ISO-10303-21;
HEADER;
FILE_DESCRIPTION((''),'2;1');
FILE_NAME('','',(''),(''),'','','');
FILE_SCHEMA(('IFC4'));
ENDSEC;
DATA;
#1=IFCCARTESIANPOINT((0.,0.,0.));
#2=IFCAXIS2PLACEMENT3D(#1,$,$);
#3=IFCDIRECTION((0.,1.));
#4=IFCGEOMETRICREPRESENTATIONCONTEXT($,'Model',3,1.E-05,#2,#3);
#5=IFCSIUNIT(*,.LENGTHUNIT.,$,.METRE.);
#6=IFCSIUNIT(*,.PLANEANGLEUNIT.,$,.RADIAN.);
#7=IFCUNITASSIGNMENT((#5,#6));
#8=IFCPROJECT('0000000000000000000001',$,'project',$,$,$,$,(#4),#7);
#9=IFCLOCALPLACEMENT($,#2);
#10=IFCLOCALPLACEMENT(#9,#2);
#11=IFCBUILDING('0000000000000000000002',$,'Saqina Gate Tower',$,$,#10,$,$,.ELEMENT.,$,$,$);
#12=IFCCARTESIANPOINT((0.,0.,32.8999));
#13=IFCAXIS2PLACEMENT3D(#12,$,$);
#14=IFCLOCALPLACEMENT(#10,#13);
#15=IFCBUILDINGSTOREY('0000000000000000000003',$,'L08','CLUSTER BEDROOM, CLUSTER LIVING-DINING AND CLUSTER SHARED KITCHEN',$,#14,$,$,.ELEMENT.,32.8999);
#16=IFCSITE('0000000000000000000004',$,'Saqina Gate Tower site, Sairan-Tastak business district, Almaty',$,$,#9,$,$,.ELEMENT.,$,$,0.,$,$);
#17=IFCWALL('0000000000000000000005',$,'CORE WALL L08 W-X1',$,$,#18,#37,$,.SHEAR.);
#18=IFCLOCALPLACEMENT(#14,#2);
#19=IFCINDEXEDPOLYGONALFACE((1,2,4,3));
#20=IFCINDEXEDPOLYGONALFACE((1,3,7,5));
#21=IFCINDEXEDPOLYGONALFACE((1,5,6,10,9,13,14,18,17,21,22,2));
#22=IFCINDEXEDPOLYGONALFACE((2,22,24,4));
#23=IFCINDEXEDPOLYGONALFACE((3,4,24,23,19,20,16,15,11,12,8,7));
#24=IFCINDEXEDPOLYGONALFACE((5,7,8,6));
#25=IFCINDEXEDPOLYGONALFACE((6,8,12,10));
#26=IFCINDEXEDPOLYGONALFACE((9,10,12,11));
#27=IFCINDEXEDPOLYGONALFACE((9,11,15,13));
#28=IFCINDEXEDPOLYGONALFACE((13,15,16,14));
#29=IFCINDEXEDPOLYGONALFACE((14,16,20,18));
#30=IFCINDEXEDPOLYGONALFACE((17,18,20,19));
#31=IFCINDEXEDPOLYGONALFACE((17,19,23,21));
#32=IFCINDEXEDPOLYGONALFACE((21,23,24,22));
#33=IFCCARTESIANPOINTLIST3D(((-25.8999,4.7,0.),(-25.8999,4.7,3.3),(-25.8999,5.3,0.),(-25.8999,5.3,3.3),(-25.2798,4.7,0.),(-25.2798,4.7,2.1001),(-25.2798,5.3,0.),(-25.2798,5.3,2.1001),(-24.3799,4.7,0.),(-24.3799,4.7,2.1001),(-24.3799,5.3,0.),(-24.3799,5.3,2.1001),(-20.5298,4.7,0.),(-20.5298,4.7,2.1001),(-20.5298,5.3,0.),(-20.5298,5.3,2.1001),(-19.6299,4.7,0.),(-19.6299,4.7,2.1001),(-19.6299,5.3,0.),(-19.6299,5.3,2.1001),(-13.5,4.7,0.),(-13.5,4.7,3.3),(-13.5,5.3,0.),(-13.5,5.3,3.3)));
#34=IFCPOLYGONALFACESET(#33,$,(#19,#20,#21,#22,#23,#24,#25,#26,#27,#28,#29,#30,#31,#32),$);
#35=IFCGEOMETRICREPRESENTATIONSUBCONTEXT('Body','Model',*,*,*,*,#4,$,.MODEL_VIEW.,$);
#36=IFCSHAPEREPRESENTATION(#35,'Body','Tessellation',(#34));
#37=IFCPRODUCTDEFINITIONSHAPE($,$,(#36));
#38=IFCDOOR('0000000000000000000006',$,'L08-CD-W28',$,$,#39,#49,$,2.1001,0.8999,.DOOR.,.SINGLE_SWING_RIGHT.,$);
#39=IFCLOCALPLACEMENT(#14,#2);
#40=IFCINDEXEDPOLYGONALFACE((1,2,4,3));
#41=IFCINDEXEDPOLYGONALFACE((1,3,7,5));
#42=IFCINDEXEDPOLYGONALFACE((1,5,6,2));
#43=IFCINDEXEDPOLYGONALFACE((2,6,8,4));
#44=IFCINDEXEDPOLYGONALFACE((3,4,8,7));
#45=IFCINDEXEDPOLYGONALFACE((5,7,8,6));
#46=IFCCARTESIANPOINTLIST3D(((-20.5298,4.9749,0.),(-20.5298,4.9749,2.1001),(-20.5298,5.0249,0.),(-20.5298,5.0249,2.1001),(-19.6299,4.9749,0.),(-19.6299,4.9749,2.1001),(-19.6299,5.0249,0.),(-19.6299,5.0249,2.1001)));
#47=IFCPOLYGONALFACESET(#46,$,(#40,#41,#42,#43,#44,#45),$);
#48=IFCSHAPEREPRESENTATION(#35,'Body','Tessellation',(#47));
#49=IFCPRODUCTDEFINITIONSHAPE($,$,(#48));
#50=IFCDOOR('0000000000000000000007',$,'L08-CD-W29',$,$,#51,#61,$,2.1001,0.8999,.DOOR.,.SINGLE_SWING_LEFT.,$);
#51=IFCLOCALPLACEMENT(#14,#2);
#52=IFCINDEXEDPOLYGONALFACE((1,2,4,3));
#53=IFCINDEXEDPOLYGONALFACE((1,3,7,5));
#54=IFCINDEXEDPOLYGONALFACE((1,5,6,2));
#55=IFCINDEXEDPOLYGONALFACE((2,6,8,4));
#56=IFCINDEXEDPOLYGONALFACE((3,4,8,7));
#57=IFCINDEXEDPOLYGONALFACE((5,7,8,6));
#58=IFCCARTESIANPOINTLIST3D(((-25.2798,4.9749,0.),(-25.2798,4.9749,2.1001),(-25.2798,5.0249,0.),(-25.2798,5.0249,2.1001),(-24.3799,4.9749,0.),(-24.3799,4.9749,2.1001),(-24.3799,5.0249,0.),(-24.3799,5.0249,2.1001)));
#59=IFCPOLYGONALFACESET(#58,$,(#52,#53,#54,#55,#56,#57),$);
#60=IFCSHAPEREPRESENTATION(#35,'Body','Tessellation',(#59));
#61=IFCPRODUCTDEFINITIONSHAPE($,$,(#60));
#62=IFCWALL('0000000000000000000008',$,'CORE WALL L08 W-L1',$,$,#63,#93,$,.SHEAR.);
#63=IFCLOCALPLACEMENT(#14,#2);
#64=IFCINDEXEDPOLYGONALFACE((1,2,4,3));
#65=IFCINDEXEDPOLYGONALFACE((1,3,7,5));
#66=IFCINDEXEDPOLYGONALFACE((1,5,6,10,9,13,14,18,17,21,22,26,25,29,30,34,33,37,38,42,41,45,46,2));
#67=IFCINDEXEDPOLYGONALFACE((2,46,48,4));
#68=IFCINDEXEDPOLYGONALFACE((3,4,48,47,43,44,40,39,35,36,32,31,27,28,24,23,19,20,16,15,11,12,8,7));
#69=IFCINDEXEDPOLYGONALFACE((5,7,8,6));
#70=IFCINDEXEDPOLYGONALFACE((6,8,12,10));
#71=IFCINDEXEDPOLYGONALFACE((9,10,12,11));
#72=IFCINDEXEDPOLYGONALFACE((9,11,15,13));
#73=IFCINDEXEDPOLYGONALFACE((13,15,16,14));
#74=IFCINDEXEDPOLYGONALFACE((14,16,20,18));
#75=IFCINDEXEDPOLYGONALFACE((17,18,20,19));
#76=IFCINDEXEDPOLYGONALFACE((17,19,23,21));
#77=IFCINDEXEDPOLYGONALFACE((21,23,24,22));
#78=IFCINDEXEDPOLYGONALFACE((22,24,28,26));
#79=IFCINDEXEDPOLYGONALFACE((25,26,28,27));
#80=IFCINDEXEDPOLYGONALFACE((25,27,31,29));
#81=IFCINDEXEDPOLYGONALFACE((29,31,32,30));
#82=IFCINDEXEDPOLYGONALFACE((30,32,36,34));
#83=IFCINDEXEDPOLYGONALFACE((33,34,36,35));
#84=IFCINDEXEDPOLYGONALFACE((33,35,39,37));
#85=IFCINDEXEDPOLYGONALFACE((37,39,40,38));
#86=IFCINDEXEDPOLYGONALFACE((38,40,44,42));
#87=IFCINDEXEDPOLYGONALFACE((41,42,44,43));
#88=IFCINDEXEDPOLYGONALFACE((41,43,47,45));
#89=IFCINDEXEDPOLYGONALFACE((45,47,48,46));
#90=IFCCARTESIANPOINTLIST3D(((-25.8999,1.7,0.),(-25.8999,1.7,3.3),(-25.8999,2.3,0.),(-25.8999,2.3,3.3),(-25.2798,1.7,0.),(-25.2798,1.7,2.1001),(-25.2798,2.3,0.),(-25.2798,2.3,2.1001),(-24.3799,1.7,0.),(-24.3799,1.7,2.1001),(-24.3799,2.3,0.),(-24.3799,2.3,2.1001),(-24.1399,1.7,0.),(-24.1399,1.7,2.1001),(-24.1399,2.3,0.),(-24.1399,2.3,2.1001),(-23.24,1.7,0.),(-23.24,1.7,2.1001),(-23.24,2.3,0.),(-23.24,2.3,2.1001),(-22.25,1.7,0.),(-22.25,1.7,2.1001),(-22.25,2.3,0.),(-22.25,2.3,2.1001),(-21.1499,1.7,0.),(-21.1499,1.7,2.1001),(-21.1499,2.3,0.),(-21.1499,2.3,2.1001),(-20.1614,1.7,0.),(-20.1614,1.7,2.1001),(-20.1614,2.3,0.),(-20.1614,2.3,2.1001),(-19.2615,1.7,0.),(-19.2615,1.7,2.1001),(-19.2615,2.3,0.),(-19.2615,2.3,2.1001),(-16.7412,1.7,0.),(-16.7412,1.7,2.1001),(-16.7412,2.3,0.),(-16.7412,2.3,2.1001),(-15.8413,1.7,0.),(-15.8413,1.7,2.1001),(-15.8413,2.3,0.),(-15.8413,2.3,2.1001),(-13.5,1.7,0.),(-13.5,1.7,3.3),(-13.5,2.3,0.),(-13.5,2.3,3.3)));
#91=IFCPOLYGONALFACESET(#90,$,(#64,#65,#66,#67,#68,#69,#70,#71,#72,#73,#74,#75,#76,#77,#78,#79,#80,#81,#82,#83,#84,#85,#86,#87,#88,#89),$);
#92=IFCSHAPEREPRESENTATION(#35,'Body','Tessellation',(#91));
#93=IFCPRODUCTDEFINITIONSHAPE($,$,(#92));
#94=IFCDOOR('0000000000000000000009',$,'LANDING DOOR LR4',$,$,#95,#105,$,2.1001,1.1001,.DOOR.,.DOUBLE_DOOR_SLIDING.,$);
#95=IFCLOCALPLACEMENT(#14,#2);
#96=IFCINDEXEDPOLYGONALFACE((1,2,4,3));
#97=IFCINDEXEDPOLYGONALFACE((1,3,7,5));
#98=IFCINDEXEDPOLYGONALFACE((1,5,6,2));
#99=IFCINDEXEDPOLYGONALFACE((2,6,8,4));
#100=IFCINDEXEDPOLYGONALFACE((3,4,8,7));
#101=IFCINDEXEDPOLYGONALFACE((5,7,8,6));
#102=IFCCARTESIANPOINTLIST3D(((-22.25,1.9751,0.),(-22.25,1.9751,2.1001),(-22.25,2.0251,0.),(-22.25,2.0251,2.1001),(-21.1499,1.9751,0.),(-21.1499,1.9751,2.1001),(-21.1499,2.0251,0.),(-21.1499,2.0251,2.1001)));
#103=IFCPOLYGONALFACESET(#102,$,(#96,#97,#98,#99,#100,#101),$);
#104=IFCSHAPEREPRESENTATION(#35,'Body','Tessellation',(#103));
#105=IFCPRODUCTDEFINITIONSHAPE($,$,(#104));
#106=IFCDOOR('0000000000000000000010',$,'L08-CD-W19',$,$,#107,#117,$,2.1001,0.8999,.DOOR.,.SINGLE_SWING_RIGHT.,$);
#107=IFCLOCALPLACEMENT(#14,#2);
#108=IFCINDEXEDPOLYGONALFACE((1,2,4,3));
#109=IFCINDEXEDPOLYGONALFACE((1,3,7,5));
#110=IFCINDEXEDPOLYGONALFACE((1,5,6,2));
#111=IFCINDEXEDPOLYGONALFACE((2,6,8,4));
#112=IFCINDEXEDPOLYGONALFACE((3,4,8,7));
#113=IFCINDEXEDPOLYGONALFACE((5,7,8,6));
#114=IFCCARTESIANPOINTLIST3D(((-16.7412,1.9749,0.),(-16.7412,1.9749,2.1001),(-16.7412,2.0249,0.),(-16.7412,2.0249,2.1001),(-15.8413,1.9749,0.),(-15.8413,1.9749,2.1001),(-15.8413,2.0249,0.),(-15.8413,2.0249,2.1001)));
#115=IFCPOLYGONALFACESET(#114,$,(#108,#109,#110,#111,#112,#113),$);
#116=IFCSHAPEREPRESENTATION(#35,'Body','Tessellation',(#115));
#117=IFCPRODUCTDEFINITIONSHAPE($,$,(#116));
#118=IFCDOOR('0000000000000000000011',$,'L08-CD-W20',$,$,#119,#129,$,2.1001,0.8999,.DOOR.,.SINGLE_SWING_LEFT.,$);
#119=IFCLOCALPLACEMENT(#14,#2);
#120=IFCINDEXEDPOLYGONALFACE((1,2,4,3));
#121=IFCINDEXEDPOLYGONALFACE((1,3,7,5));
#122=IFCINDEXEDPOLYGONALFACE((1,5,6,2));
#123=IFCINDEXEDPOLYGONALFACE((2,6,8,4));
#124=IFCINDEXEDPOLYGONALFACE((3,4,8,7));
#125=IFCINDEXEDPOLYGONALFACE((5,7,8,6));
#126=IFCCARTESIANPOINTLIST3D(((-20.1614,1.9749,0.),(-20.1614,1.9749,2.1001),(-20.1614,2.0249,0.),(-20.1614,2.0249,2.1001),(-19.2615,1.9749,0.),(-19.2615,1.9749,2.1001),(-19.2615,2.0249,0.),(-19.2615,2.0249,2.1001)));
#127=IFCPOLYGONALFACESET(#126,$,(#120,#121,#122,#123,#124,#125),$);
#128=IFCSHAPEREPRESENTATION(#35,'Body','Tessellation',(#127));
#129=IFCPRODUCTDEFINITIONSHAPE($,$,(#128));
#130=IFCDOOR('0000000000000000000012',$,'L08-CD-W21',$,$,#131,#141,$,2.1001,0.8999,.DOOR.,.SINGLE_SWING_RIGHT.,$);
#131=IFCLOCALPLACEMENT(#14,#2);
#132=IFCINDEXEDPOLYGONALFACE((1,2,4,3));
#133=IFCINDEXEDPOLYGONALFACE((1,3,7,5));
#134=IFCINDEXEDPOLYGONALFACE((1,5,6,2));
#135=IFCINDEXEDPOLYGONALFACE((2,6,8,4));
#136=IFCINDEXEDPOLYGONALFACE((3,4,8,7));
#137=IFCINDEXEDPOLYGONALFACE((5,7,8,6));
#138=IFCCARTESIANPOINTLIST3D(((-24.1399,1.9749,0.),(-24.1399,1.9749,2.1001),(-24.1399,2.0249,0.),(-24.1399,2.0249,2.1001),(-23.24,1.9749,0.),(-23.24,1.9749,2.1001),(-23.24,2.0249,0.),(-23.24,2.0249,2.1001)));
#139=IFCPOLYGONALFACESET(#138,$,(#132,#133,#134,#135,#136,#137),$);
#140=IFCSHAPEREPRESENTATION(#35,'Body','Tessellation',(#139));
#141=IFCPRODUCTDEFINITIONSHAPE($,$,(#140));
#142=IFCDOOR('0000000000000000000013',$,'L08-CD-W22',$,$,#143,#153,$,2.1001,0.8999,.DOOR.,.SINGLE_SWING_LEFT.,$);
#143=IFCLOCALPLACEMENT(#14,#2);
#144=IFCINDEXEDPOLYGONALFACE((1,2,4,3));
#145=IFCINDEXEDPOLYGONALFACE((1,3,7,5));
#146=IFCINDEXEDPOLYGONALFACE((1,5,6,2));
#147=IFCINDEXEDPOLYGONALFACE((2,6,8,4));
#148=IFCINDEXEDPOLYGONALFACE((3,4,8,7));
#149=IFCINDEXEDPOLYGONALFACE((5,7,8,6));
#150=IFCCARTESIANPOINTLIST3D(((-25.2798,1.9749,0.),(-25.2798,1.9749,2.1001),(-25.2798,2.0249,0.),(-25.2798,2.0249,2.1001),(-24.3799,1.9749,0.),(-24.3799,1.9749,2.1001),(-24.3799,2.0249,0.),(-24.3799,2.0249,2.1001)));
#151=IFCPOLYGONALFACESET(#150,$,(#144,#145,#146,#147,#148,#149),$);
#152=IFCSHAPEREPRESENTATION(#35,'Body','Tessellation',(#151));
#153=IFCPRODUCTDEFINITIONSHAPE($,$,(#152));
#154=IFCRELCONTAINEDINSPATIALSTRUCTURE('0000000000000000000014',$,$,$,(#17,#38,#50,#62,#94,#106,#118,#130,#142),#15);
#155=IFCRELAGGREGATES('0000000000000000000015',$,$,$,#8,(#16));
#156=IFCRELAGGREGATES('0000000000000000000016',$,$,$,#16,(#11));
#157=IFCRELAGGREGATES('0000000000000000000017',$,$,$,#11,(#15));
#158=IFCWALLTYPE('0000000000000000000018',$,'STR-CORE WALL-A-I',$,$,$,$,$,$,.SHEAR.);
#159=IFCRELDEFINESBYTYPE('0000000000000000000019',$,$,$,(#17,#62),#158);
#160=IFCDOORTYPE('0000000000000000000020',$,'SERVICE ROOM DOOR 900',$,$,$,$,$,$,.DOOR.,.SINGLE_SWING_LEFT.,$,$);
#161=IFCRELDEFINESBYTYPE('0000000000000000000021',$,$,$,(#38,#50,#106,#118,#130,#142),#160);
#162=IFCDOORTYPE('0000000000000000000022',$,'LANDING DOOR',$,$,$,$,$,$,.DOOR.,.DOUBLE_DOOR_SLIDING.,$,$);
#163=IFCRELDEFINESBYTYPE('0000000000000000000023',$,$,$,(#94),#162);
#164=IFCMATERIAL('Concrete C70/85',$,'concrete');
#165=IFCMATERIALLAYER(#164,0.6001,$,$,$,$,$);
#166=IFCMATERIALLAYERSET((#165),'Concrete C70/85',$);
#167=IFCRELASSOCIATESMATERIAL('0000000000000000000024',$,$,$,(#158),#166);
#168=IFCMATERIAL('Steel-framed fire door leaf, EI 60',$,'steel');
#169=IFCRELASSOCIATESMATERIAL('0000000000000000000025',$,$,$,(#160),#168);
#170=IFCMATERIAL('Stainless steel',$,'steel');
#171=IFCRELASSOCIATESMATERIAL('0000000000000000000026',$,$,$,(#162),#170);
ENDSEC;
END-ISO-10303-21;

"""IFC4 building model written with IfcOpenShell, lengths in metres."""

from ifc_helpers import new_model, si_unit, direction, frame, frame_2d, origin, place, context, subcontext, project, spatial, rectangle, extrude, material, layer, layer_set, type_object, element, fill, save


model = new_model("IFC4")

# Units and contexts
model_context = context("Model", 3, precision=1e-05, world=origin(), true_north=direction((0.0, 1.0)))
body_context = subcontext(model_context, "Body", "Model", "MODEL_VIEW")
ifc_project = project(units=[si_unit("LENGTHUNIT", "METRE"), si_unit("PLANEANGLEUNIT", "RADIAN")], contexts=[model_context])

# Site, building, storey
site_placement = place(None, origin())
site = spatial("IfcSite", under=ifc_project, at=site_placement, Name="Saqina Gate Tower site, Sairan-Tastak business district, Almaty", CompositionType="ELEMENT", RefElevation=0.0)
building_placement = place(site_placement, origin())
building = spatial("IfcBuilding", under=site, at=building_placement, Name="Saqina Gate Tower", CompositionType="ELEMENT")
storey_placement = place(building_placement, frame((0.0, 0.0, 32.8999)))
storey = spatial("IfcBuildingStorey", under=building, at=storey_placement, Name="L08", Description="CLUSTER BEDROOM, CLUSTER LIVING-DINING AND CLUSTER SHARED KITCHEN", CompositionType="ELEMENT", Elevation=32.8999)

# Walls, openings, doors
ifc_material_1 = material(Name="Concrete C70/85", Category="concrete")
ifc_layer_1 = layer(ifc_material_1, 0.6001)
ifc_layer_set_1 = layer_set([ifc_layer_1], Name="Concrete C70/85")
wall_type_1 = type_object("IfcWallType", Name="STR-CORE WALL-A-I", PredefinedType="SHEAR", material=ifc_layer_set_1)
wall_1_placement = place(storey_placement, frame((-13.5, 5.0, 0.0), z_axis=(0.0, 0.0, 1.0), x_axis=(-1.0, 0.0, 0.0)))
wall_1 = element("IfcWall", 1, at=wall_1_placement, inside=storey, type_object=wall_type_1, Name="CORE WALL L08 W-X1", PredefinedType="SHEAR", context=body_context, shape_type="SweptSolid", body=[
    extrude(rectangle(XDim=12.3999, YDim=0.6001, at=frame_2d((6.2, 0.0))), origin(), (0.0, 0.0, 1.0), 3.3),
])
opening_1_placement = place(wall_1_placement, frame((6.1299, 0.0, 0.0)))
opening_1 = element("IfcOpeningElement", 2, at=opening_1_placement, cuts=wall_1, PredefinedType="OPENING", context=body_context, shape_type="SweptSolid", body=[
    extrude(rectangle(XDim=0.8999, YDim=2.1001, at=frame_2d((0.45, 1.05))), frame((0.0, 0.312, 0.0), z_axis=(0.0, -1.0, 0.0), x_axis=(1.0, 0.0, 0.0)), (0.0, 0.0, 1.0), 0.624),
])
opening_2_placement = place(wall_1_placement, frame((10.8799, 0.0, 0.0)))
opening_2 = element("IfcOpeningElement", 3, at=opening_2_placement, cuts=wall_1, PredefinedType="OPENING", context=body_context, shape_type="SweptSolid", body=[
    extrude(rectangle(XDim=0.8999, YDim=2.1001, at=frame_2d((0.45, 1.05))), frame((0.0, 0.312, 0.0), z_axis=(0.0, -1.0, 0.0), x_axis=(1.0, 0.0, 0.0)), (0.0, 0.0, 1.0), 0.624),
])
ifc_material_2 = material(Name="Steel-framed fire door leaf, EI 60", Category="steel")
door_type_1 = type_object("IfcDoorType", Name="SERVICE ROOM DOOR 900", OperationType="SINGLE_SWING_LEFT", PredefinedType="DOOR", material=ifc_material_2)
door_1_placement = place(opening_1_placement, frame((0.8999, 0.0, 0.0), z_axis=(0.0, 0.0, 1.0), x_axis=(-1.0, 0.0, 0.0)))
door_1 = element("IfcDoor", 4, at=door_1_placement, inside=storey, type_object=door_type_1, Name="L08-CD-W28", OperationType="SINGLE_SWING_RIGHT", OverallHeight=2.1001, OverallWidth=0.8999, PredefinedType="DOOR", context=body_context, shape_type="SweptSolid", body=[
    extrude(rectangle(XDim=0.8999, YDim=2.1001, at=frame_2d((0.45, 1.05))), frame((0.0, 0.0249, 0.0), z_axis=(0.0, -1.0, 0.0), x_axis=(1.0, 0.0, 0.0)), (0.0, 0.0, 1.0), 0.05),
])
fill(opening_1, door_1)
door_2_placement = place(opening_2_placement, frame((0.8999, 0.0, 0.0), z_axis=(0.0, 0.0, 1.0), x_axis=(-1.0, 0.0, 0.0)))
door_2 = element("IfcDoor", 5, at=door_2_placement, inside=storey, type_object=door_type_1, Name="L08-CD-W29", OperationType="SINGLE_SWING_LEFT", OverallHeight=2.1001, OverallWidth=0.8999, PredefinedType="DOOR", context=body_context, shape_type="SweptSolid", body=[
    extrude(rectangle(XDim=0.8999, YDim=2.1001, at=frame_2d((0.45, 1.05))), frame((0.0, 0.0249, 0.0), z_axis=(0.0, -1.0, 0.0), x_axis=(1.0, 0.0, 0.0)), (0.0, 0.0, 1.0), 0.05),
])
fill(opening_2, door_2)
wall_2_placement = place(storey_placement, frame((-13.5, 2.0, 0.0), z_axis=(0.0, 0.0, 1.0), x_axis=(-1.0, 0.0, 0.0)))
wall_2 = element("IfcWall", 6, at=wall_2_placement, inside=storey, type_object=wall_type_1, Name="CORE WALL L08 W-L1", PredefinedType="SHEAR", context=body_context, shape_type="SweptSolid", body=[
    extrude(rectangle(XDim=12.3999, YDim=0.6001, at=frame_2d((6.2, 0.0))), origin(), (0.0, 0.0, 1.0), 3.3),
])
opening_3_placement = place(wall_2_placement, frame((7.6499, 0.0, 0.0)))
opening_3 = element("IfcOpeningElement", 7, at=opening_3_placement, cuts=wall_2, PredefinedType="OPENING", context=body_context, shape_type="SweptSolid", body=[
    extrude(rectangle(XDim=1.1001, YDim=2.1001, at=frame_2d((0.55, 1.05))), frame((0.0, 0.312, 0.0), z_axis=(0.0, -1.0, 0.0), x_axis=(1.0, 0.0, 0.0)), (0.0, 0.0, 1.0), 0.624),
])
opening_4_placement = place(wall_2_placement, frame((2.3413, 0.0, 0.0)))
opening_4 = element("IfcOpeningElement", 8, at=opening_4_placement, cuts=wall_2, PredefinedType="OPENING", context=body_context, shape_type="SweptSolid", body=[
    extrude(rectangle(XDim=0.8999, YDim=2.1001, at=frame_2d((0.45, 1.05))), frame((0.0, 0.312, 0.0), z_axis=(0.0, -1.0, 0.0), x_axis=(1.0, 0.0, 0.0)), (0.0, 0.0, 1.0), 0.624),
])
opening_5_placement = place(wall_2_placement, frame((5.7615, 0.0, 0.0)))
opening_5 = element("IfcOpeningElement", 9, at=opening_5_placement, cuts=wall_2, PredefinedType="OPENING", context=body_context, shape_type="SweptSolid", body=[
    extrude(rectangle(XDim=0.8999, YDim=2.1001, at=frame_2d((0.45, 1.05))), frame((0.0, 0.312, 0.0), z_axis=(0.0, -1.0, 0.0), x_axis=(1.0, 0.0, 0.0)), (0.0, 0.0, 1.0), 0.624),
])
opening_6_placement = place(wall_2_placement, frame((9.74, 0.0, 0.0)))
opening_6 = element("IfcOpeningElement", 10, at=opening_6_placement, cuts=wall_2, PredefinedType="OPENING", context=body_context, shape_type="SweptSolid", body=[
    extrude(rectangle(XDim=0.8999, YDim=2.1001, at=frame_2d((0.45, 1.05))), frame((0.0, 0.312, 0.0), z_axis=(0.0, -1.0, 0.0), x_axis=(1.0, 0.0, 0.0)), (0.0, 0.0, 1.0), 0.624),
])
opening_7_placement = place(wall_2_placement, frame((10.8799, 0.0, 0.0)))
opening_7 = element("IfcOpeningElement", 11, at=opening_7_placement, cuts=wall_2, PredefinedType="OPENING", context=body_context, shape_type="SweptSolid", body=[
    extrude(rectangle(XDim=0.8999, YDim=2.1001, at=frame_2d((0.45, 1.05))), frame((0.0, 0.312, 0.0), z_axis=(0.0, -1.0, 0.0), x_axis=(1.0, 0.0, 0.0)), (0.0, 0.0, 1.0), 0.624),
])
ifc_material_3 = material(Name="Stainless steel", Category="steel")
door_type_2 = type_object("IfcDoorType", Name="LANDING DOOR", OperationType="DOUBLE_DOOR_SLIDING", PredefinedType="DOOR", material=ifc_material_3)
door_3_placement = place(opening_3_placement, origin())
door_3 = element("IfcDoor", 12, at=door_3_placement, inside=storey, type_object=door_type_2, Name="LANDING DOOR LR4", OperationType="DOUBLE_DOOR_SLIDING", OverallHeight=2.1001, OverallWidth=1.1001, PredefinedType="DOOR", context=body_context, shape_type="SweptSolid", body=[
    extrude(rectangle(XDim=1.1001, YDim=2.1001, at=frame_2d((0.55, 1.05))), frame((0.0, 0.0249, 0.0), z_axis=(0.0, -1.0, 0.0), x_axis=(1.0, 0.0, 0.0)), (0.0, 0.0, 1.0), 0.05),
])
fill(opening_3, door_3)
door_4_placement = place(opening_4_placement, frame((0.8999, 0.0, 0.0), z_axis=(0.0, 0.0, 1.0), x_axis=(-1.0, 0.0, 0.0)))
door_4 = element("IfcDoor", 13, at=door_4_placement, inside=storey, type_object=door_type_1, Name="L08-CD-W19", OperationType="SINGLE_SWING_RIGHT", OverallHeight=2.1001, OverallWidth=0.8999, PredefinedType="DOOR", context=body_context, shape_type="SweptSolid", body=[
    extrude(rectangle(XDim=0.8999, YDim=2.1001, at=frame_2d((0.45, 1.05))), frame((0.0, 0.0249, 0.0), z_axis=(0.0, -1.0, 0.0), x_axis=(1.0, 0.0, 0.0)), (0.0, 0.0, 1.0), 0.05),
])
fill(opening_4, door_4)
door_5_placement = place(opening_5_placement, frame((0.8999, 0.0, 0.0), z_axis=(0.0, 0.0, 1.0), x_axis=(-1.0, 0.0, 0.0)))
door_5 = element("IfcDoor", 14, at=door_5_placement, inside=storey, type_object=door_type_1, Name="L08-CD-W20", OperationType="SINGLE_SWING_LEFT", OverallHeight=2.1001, OverallWidth=0.8999, PredefinedType="DOOR", context=body_context, shape_type="SweptSolid", body=[
    extrude(rectangle(XDim=0.8999, YDim=2.1001, at=frame_2d((0.45, 1.05))), frame((0.0, 0.0249, 0.0), z_axis=(0.0, -1.0, 0.0), x_axis=(1.0, 0.0, 0.0)), (0.0, 0.0, 1.0), 0.05),
])
fill(opening_5, door_5)
door_6_placement = place(opening_6_placement, frame((0.8999, 0.0, 0.0), z_axis=(0.0, 0.0, 1.0), x_axis=(-1.0, 0.0, 0.0)))
door_6 = element("IfcDoor", 15, at=door_6_placement, inside=storey, type_object=door_type_1, Name="L08-CD-W21", OperationType="SINGLE_SWING_RIGHT", OverallHeight=2.1001, OverallWidth=0.8999, PredefinedType="DOOR", context=body_context, shape_type="SweptSolid", body=[
    extrude(rectangle(XDim=0.8999, YDim=2.1001, at=frame_2d((0.45, 1.05))), frame((0.0, 0.0249, 0.0), z_axis=(0.0, -1.0, 0.0), x_axis=(1.0, 0.0, 0.0)), (0.0, 0.0, 1.0), 0.05),
])
fill(opening_6, door_6)
door_7_placement = place(opening_7_placement, frame((0.8999, 0.0, 0.0), z_axis=(0.0, 0.0, 1.0), x_axis=(-1.0, 0.0, 0.0)))
door_7 = element("IfcDoor", 16, at=door_7_placement, inside=storey, type_object=door_type_1, Name="L08-CD-W22", OperationType="SINGLE_SWING_LEFT", OverallHeight=2.1001, OverallWidth=0.8999, PredefinedType="DOOR", context=body_context, shape_type="SweptSolid", body=[
    extrude(rectangle(XDim=0.8999, YDim=2.1001, at=frame_2d((0.45, 1.05))), frame((0.0, 0.0249, 0.0), z_axis=(0.0, -1.0, 0.0), x_axis=(1.0, 0.0, 0.0)), (0.0, 0.0, 1.0), 0.05),
])
fill(opening_7, door_7)

save(model, "model.ifc")
